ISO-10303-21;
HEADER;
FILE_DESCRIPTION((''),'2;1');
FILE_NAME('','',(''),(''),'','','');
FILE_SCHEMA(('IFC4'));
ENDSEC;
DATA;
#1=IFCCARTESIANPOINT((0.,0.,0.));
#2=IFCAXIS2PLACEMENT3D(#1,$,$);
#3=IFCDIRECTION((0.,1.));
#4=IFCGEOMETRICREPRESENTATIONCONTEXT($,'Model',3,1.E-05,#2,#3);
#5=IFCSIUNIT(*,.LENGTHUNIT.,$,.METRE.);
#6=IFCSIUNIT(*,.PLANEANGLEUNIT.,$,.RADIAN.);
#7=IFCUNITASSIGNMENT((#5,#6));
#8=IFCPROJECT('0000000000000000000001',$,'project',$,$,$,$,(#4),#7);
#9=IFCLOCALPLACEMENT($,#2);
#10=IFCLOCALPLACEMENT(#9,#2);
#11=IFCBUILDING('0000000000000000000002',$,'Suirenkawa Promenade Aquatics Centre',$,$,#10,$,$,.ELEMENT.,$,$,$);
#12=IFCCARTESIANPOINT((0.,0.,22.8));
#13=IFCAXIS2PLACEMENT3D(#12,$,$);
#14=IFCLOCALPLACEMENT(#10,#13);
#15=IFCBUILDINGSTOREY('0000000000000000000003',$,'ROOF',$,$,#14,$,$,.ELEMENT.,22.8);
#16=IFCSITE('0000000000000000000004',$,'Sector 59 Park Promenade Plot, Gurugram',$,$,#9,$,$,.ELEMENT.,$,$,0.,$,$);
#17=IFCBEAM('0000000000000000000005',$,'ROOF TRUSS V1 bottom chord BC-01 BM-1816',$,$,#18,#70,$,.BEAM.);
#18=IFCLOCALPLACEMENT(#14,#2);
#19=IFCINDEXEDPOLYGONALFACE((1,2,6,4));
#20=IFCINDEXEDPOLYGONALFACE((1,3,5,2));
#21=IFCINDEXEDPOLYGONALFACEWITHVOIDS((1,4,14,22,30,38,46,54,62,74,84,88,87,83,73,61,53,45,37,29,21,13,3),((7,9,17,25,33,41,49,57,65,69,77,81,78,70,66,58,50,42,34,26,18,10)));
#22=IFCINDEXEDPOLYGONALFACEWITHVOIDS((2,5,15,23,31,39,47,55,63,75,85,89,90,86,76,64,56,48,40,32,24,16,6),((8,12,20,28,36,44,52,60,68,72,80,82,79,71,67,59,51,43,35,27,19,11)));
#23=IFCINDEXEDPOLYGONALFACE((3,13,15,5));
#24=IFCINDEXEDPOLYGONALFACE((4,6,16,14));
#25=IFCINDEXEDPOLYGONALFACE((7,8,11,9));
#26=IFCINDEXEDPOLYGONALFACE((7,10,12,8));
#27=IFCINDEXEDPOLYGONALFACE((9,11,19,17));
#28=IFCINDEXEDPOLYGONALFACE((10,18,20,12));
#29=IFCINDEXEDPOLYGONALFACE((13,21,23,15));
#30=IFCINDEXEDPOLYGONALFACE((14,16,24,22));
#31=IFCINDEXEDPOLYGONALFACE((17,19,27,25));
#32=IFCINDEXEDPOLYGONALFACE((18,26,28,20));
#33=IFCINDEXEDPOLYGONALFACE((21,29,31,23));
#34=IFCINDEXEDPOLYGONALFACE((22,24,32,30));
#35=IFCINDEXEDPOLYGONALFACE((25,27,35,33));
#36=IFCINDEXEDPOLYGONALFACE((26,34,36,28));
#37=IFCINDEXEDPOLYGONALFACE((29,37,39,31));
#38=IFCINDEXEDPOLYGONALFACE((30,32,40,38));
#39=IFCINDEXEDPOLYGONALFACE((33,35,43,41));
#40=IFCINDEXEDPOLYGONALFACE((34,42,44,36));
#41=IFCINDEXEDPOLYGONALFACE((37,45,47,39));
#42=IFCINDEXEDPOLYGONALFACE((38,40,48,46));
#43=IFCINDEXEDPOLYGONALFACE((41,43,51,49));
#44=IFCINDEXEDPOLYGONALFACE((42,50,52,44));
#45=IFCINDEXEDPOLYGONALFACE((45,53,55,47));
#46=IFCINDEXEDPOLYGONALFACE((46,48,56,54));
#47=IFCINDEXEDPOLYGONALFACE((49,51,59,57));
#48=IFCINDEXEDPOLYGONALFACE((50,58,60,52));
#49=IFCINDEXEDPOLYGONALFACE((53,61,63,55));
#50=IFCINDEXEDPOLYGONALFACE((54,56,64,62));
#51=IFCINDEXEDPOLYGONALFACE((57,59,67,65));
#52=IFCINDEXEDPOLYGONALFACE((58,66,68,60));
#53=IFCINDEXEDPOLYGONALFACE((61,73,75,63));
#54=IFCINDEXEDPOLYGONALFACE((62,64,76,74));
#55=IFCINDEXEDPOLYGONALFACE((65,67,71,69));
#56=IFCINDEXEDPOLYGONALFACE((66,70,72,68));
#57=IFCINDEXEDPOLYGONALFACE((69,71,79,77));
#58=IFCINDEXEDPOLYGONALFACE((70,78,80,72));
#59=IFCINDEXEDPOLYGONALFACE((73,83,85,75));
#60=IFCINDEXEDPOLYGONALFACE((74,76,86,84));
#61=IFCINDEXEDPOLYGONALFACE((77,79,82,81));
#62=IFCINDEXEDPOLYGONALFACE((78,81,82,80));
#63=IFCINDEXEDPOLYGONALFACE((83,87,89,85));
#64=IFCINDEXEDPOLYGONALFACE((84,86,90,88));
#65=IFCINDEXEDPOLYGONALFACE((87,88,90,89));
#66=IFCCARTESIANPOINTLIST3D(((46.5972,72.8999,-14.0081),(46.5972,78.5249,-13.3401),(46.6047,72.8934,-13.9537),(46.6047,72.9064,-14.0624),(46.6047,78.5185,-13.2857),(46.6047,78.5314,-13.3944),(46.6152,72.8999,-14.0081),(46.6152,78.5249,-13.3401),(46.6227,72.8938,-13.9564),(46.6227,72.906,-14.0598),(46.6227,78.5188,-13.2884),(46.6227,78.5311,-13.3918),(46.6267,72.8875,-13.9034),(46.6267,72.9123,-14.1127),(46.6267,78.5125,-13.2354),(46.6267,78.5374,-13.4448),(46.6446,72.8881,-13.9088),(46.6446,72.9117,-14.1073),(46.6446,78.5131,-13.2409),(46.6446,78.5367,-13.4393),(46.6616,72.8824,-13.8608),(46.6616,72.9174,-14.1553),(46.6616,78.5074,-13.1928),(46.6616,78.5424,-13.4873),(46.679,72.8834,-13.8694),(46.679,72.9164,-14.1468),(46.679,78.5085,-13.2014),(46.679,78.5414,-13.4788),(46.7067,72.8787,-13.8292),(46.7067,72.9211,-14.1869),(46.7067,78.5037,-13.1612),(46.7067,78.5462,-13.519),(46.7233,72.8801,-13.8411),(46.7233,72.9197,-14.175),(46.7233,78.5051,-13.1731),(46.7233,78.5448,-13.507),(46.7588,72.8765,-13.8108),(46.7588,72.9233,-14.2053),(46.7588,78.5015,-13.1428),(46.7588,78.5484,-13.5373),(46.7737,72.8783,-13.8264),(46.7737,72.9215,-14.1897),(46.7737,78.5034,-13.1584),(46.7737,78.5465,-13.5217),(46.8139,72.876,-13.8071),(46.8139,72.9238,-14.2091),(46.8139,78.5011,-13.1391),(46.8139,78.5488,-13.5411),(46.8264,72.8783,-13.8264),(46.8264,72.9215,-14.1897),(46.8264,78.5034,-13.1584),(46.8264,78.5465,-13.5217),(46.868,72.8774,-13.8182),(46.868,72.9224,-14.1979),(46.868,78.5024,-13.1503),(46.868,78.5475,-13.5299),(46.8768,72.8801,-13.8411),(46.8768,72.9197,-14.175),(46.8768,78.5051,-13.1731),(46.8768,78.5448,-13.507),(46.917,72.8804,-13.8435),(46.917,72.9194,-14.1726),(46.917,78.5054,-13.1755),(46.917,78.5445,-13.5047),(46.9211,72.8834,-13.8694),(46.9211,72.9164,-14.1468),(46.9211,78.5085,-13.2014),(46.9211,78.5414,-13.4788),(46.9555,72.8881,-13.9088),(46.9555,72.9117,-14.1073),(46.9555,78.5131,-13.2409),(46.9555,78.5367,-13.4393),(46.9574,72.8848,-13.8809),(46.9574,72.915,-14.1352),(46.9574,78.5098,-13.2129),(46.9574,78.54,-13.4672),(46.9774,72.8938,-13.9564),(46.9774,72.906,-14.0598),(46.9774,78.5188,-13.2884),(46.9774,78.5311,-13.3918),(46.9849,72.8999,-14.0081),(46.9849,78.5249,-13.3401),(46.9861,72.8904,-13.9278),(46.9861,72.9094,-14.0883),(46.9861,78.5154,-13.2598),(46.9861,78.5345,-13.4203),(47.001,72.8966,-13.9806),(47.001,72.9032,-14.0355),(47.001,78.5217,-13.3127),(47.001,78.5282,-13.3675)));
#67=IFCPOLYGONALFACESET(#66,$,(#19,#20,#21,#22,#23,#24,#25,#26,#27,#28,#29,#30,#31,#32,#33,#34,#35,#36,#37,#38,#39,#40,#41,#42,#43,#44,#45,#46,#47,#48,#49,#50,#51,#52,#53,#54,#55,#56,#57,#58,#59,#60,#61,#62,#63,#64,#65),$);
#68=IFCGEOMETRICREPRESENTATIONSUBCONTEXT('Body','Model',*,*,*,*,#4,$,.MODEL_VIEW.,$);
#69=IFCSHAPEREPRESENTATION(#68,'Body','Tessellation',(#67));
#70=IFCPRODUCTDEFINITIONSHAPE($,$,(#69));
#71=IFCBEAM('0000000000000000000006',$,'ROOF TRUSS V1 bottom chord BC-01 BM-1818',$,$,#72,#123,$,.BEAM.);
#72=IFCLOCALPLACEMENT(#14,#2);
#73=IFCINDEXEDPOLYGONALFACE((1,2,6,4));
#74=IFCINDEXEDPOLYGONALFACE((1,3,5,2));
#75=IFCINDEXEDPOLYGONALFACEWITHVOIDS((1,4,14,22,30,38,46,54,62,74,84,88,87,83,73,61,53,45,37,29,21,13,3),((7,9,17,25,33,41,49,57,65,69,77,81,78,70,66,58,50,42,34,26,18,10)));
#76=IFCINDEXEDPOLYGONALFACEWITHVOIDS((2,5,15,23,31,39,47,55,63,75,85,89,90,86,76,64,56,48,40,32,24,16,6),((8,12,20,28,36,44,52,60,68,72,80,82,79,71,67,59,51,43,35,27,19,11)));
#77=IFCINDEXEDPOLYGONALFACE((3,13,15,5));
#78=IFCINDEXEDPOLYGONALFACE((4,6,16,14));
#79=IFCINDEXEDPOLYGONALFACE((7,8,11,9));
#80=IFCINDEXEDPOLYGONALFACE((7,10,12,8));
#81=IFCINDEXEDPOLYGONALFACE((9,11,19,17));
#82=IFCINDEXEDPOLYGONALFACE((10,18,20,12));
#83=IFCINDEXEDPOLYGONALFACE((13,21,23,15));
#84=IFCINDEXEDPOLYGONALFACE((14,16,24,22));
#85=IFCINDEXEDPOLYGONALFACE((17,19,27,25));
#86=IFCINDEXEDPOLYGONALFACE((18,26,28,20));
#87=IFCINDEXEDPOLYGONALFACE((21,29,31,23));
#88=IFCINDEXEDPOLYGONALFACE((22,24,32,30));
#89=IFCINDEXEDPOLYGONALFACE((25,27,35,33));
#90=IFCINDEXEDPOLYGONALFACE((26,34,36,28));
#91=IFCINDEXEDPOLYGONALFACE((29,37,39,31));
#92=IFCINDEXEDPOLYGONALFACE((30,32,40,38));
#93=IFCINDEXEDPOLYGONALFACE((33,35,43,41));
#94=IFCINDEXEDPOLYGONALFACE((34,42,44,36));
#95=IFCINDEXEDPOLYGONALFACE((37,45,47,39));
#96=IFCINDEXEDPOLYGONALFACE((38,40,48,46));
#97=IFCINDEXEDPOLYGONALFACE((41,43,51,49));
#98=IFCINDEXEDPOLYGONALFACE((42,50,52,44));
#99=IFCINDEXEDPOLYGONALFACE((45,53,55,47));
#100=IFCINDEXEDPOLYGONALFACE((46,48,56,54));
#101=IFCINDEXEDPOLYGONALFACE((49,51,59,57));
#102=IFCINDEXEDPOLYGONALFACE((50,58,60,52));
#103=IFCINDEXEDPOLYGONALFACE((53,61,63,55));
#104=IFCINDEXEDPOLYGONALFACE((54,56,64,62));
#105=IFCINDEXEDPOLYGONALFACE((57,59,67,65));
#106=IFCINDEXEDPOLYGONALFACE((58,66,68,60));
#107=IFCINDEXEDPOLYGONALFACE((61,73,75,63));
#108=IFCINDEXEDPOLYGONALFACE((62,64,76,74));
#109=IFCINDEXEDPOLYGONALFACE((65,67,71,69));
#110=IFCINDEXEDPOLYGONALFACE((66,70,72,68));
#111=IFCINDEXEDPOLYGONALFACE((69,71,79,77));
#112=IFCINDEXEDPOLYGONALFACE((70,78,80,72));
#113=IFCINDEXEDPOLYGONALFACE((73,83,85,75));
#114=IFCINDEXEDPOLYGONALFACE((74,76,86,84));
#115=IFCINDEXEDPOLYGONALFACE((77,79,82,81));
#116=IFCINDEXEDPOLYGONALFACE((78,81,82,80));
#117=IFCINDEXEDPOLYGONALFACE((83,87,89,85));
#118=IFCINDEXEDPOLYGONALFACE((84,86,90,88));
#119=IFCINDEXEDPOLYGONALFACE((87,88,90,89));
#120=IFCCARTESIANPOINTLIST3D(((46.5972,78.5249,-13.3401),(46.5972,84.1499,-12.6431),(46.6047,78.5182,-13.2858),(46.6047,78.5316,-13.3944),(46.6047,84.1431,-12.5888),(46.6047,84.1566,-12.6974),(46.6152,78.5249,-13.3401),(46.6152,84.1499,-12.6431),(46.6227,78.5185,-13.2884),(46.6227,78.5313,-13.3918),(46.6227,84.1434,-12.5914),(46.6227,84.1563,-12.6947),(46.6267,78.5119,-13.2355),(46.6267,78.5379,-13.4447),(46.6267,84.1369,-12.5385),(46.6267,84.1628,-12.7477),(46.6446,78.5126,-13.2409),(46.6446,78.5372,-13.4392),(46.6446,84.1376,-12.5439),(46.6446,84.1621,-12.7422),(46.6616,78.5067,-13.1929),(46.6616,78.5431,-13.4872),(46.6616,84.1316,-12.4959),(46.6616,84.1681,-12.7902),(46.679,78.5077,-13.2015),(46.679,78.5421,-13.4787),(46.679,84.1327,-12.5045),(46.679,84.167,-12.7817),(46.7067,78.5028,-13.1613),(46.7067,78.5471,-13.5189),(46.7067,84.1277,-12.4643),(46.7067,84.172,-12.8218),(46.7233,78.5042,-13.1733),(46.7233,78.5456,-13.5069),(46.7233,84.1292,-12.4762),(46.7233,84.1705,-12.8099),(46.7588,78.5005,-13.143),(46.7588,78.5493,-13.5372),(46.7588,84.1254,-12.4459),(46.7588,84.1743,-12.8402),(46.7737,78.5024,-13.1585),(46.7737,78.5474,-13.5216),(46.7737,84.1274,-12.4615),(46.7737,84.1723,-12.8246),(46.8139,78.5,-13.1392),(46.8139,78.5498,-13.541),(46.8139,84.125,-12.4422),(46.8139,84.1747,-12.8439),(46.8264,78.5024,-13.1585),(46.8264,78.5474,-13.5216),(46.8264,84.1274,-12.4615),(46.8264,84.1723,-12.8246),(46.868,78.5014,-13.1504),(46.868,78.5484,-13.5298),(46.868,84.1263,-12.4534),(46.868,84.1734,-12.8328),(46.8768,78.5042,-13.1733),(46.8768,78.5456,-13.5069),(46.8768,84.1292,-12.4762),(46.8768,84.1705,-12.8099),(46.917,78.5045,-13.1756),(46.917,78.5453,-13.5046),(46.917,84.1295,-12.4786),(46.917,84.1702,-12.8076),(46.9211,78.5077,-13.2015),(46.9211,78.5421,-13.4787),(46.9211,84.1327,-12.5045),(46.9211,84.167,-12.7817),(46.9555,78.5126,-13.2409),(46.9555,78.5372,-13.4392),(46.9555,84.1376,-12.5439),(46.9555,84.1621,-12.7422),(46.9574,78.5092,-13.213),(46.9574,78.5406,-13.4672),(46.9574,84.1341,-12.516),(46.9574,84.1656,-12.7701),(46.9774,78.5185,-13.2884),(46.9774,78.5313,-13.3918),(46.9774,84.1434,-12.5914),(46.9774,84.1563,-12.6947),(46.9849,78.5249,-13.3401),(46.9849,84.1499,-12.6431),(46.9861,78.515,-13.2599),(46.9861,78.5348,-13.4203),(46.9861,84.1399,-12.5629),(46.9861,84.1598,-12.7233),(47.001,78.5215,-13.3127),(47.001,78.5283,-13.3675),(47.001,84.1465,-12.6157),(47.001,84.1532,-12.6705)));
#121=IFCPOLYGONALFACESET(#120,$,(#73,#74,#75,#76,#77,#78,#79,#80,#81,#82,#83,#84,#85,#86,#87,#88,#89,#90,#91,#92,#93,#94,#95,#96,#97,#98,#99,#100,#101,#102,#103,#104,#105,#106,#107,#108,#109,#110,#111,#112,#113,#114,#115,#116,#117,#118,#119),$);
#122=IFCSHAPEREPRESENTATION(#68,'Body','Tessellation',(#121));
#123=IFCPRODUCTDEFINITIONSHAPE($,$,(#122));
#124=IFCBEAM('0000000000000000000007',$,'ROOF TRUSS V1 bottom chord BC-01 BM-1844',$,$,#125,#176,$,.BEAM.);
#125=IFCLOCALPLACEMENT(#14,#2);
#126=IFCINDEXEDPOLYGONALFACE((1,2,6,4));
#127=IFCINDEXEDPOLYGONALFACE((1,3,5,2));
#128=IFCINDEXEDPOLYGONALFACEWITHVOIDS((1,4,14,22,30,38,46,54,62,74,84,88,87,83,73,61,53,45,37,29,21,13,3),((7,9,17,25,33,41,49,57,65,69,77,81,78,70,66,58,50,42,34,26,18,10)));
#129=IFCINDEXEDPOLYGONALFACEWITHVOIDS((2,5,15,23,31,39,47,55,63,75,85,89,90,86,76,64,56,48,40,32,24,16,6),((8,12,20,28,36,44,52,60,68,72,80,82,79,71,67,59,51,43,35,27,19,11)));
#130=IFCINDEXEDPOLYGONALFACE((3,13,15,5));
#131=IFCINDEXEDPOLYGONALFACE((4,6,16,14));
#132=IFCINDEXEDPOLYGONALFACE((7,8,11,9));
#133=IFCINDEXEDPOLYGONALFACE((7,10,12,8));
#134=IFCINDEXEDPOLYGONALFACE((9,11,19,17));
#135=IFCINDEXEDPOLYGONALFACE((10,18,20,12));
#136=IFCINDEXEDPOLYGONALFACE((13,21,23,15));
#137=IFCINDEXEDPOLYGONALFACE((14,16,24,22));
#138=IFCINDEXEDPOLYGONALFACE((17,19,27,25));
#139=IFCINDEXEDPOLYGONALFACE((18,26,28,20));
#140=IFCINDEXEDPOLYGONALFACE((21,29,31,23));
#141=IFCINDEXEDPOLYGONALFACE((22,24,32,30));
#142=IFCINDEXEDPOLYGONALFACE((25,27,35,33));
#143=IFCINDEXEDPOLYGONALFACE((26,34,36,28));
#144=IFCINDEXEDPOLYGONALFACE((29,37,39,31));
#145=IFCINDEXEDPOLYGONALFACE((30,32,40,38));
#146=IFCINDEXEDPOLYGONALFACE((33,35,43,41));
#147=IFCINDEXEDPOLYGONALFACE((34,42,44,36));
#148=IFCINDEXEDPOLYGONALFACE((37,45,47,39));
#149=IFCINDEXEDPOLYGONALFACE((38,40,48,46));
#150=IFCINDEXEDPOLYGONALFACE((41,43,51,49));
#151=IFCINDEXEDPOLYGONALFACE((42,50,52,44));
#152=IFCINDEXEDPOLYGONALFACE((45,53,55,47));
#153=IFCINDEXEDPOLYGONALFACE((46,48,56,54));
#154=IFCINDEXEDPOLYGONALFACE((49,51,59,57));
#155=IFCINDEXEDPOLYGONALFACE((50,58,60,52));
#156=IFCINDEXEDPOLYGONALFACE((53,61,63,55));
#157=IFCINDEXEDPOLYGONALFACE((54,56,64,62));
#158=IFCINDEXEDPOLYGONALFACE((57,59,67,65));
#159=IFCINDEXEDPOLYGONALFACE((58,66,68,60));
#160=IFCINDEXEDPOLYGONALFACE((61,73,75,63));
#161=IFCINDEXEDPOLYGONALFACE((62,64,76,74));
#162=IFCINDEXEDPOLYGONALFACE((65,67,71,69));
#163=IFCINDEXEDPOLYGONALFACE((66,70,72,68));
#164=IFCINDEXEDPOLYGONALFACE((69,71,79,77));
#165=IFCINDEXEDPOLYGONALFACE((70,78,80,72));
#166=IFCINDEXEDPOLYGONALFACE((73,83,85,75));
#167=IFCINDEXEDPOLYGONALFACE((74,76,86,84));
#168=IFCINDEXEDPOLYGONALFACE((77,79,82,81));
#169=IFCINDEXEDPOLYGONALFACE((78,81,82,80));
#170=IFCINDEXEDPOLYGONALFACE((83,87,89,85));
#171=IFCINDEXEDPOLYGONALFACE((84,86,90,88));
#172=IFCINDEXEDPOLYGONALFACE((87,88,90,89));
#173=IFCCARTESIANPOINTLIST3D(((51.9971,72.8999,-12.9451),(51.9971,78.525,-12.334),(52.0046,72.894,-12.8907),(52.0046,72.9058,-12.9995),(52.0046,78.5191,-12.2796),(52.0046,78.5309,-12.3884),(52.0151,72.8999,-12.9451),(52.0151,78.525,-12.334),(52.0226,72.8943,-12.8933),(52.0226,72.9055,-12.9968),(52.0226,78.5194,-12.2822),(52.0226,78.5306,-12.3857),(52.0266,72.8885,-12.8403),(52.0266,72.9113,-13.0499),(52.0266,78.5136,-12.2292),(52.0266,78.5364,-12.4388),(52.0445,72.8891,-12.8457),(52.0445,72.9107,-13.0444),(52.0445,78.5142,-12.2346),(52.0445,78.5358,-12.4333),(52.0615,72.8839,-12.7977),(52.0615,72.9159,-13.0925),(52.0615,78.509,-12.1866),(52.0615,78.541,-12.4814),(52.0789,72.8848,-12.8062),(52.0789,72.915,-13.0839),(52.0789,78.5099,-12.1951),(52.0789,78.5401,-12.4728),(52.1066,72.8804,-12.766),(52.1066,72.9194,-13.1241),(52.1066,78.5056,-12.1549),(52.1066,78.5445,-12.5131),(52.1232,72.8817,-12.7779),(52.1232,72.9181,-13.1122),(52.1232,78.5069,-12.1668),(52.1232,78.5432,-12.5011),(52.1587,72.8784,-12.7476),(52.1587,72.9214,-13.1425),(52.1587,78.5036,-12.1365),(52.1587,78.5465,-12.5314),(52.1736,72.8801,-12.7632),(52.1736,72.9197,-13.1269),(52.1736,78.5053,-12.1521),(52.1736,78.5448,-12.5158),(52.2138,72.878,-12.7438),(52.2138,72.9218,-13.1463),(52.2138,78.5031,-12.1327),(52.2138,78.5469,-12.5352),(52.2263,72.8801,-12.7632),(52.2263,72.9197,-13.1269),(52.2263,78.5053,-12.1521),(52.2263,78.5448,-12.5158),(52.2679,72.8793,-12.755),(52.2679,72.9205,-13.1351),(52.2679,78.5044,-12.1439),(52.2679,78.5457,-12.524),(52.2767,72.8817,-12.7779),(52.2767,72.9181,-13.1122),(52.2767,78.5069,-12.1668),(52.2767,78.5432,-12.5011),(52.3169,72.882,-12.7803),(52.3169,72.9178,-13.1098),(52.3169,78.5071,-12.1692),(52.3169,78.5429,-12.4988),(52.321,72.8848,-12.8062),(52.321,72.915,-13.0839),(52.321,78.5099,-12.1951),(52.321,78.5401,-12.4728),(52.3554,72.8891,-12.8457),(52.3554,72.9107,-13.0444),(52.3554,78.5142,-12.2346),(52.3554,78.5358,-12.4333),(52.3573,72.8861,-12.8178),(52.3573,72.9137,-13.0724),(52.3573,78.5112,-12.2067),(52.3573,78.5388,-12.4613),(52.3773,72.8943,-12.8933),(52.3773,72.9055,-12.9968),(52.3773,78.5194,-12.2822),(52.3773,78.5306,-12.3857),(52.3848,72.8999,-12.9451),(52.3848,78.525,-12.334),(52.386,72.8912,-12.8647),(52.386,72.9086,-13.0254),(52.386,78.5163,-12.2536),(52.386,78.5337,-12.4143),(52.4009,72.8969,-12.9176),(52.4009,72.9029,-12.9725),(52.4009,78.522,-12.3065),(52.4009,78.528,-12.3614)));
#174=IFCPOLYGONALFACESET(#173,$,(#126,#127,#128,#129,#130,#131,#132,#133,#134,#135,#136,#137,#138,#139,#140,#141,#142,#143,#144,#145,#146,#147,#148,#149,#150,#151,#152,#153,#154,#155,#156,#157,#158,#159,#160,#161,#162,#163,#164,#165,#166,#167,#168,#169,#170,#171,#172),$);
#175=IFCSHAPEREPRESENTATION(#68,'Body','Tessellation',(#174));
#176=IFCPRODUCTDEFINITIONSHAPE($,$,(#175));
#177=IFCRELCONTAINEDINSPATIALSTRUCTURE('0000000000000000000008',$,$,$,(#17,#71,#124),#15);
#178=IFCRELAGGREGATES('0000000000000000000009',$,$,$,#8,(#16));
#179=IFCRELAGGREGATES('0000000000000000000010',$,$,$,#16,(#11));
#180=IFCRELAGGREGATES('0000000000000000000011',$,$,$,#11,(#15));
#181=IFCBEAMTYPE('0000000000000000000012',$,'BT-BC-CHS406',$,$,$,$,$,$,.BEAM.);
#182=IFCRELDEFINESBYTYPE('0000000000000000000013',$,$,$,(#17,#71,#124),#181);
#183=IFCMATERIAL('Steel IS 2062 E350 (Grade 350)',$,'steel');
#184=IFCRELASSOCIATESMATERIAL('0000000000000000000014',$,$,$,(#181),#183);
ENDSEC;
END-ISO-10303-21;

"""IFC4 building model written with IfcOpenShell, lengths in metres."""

from ifc_helpers import new_model, si_unit, direction, frame, origin, origin_2d, place, context, subcontext, project, spatial, hollow_circle, extrude, material, material_profile, profile_set, type_object, element, save


model = new_model("IFC4")

# Units and contexts
model_context = context("Model", 3, precision=1e-05, world=origin(), true_north=direction((0.0, 1.0)))
body_context = subcontext(model_context, "Body", "Model", "MODEL_VIEW")
ifc_project = project(units=[si_unit("LENGTHUNIT", "METRE"), si_unit("PLANEANGLEUNIT", "RADIAN")], contexts=[model_context])

# Site, building, storey
site_placement = place(None, origin())
site = spatial("IfcSite", under=ifc_project, at=site_placement, Name="Sector 59 Park Promenade Plot, Gurugram", CompositionType="ELEMENT", RefElevation=0.0)
building_placement = place(site_placement, origin())
building = spatial("IfcBuilding", under=site, at=building_placement, Name="Suirenkawa Promenade Aquatics Centre", CompositionType="ELEMENT")
storey_placement = place(building_placement, frame((0.0, 0.0, 22.8)))
storey = spatial("IfcBuildingStorey", under=building, at=storey_placement, Name="ROOF", CompositionType="ELEMENT", Elevation=22.8)

# Beams
ifc_material = material(Name="Steel IS 2062 E350 (Grade 350)", Category="steel")
ifc_material_profile_1 = material_profile(ifc_material, hollow_circle(Radius=0.2029, WallThickness=0.0181, at=origin_2d()), Name="CHS 406x18", Category="steel")
ifc_profile_set_1 = profile_set([ifc_material_profile_1], Name="Steel IS 2062 E350 (Grade 350)")
beam_type_1 = type_object("IfcBeamType", Name="BT-BC-CHS406", PredefinedType="BEAM", material=ifc_profile_set_1)
beam_1_placement = place(storey_placement, frame((46.8, 72.8999, -14.0081), z_axis=(0.0, 0.993023, 0.117921), x_axis=(-1.0, 0.0, 0.0)))
element("IfcBeam", 1, at=beam_1_placement, inside=storey, type_object=beam_type_1, Name="ROOF TRUSS V1 bottom chord BC-01 BM-1816", PredefinedType="BEAM", context=body_context, shape_type="SweptSolid", body=[
    extrude(hollow_circle(Radius=0.2029, WallThickness=0.0181, at=origin_2d()), origin(), (0.0, 0.0, 1.0), 5.6646),
])
beam_2_placement = place(storey_placement, frame((46.8, 78.5249, -13.3401), z_axis=(0.0, 0.99241, 0.122974), x_axis=(-1.0, 0.0, 0.0)))
element("IfcBeam", 2, at=beam_2_placement, inside=storey, type_object=beam_type_1, Name="ROOF TRUSS V1 bottom chord BC-01 BM-1818", PredefinedType="BEAM", context=body_context, shape_type="SweptSolid", body=[
    extrude(hollow_circle(Radius=0.2029, WallThickness=0.0181, at=origin_2d()), origin(), (0.0, 0.0, 1.0), 5.668),
])
beam_3_placement = place(storey_placement, frame((52.2, 72.8999, -12.9451), z_axis=(0.0, 0.994151, 0.108002), x_axis=(-1.0, 0.0, 0.0)))
element("IfcBeam", 3, at=beam_3_placement, inside=storey, type_object=beam_type_1, Name="ROOF TRUSS V1 bottom chord BC-01 BM-1844", PredefinedType="BEAM", context=body_context, shape_type="SweptSolid", body=[
    extrude(hollow_circle(Radius=0.2029, WallThickness=0.0181, at=origin_2d()), origin(), (0.0, 0.0, 1.0), 5.6582),
])

save(model, "model.ifc")
